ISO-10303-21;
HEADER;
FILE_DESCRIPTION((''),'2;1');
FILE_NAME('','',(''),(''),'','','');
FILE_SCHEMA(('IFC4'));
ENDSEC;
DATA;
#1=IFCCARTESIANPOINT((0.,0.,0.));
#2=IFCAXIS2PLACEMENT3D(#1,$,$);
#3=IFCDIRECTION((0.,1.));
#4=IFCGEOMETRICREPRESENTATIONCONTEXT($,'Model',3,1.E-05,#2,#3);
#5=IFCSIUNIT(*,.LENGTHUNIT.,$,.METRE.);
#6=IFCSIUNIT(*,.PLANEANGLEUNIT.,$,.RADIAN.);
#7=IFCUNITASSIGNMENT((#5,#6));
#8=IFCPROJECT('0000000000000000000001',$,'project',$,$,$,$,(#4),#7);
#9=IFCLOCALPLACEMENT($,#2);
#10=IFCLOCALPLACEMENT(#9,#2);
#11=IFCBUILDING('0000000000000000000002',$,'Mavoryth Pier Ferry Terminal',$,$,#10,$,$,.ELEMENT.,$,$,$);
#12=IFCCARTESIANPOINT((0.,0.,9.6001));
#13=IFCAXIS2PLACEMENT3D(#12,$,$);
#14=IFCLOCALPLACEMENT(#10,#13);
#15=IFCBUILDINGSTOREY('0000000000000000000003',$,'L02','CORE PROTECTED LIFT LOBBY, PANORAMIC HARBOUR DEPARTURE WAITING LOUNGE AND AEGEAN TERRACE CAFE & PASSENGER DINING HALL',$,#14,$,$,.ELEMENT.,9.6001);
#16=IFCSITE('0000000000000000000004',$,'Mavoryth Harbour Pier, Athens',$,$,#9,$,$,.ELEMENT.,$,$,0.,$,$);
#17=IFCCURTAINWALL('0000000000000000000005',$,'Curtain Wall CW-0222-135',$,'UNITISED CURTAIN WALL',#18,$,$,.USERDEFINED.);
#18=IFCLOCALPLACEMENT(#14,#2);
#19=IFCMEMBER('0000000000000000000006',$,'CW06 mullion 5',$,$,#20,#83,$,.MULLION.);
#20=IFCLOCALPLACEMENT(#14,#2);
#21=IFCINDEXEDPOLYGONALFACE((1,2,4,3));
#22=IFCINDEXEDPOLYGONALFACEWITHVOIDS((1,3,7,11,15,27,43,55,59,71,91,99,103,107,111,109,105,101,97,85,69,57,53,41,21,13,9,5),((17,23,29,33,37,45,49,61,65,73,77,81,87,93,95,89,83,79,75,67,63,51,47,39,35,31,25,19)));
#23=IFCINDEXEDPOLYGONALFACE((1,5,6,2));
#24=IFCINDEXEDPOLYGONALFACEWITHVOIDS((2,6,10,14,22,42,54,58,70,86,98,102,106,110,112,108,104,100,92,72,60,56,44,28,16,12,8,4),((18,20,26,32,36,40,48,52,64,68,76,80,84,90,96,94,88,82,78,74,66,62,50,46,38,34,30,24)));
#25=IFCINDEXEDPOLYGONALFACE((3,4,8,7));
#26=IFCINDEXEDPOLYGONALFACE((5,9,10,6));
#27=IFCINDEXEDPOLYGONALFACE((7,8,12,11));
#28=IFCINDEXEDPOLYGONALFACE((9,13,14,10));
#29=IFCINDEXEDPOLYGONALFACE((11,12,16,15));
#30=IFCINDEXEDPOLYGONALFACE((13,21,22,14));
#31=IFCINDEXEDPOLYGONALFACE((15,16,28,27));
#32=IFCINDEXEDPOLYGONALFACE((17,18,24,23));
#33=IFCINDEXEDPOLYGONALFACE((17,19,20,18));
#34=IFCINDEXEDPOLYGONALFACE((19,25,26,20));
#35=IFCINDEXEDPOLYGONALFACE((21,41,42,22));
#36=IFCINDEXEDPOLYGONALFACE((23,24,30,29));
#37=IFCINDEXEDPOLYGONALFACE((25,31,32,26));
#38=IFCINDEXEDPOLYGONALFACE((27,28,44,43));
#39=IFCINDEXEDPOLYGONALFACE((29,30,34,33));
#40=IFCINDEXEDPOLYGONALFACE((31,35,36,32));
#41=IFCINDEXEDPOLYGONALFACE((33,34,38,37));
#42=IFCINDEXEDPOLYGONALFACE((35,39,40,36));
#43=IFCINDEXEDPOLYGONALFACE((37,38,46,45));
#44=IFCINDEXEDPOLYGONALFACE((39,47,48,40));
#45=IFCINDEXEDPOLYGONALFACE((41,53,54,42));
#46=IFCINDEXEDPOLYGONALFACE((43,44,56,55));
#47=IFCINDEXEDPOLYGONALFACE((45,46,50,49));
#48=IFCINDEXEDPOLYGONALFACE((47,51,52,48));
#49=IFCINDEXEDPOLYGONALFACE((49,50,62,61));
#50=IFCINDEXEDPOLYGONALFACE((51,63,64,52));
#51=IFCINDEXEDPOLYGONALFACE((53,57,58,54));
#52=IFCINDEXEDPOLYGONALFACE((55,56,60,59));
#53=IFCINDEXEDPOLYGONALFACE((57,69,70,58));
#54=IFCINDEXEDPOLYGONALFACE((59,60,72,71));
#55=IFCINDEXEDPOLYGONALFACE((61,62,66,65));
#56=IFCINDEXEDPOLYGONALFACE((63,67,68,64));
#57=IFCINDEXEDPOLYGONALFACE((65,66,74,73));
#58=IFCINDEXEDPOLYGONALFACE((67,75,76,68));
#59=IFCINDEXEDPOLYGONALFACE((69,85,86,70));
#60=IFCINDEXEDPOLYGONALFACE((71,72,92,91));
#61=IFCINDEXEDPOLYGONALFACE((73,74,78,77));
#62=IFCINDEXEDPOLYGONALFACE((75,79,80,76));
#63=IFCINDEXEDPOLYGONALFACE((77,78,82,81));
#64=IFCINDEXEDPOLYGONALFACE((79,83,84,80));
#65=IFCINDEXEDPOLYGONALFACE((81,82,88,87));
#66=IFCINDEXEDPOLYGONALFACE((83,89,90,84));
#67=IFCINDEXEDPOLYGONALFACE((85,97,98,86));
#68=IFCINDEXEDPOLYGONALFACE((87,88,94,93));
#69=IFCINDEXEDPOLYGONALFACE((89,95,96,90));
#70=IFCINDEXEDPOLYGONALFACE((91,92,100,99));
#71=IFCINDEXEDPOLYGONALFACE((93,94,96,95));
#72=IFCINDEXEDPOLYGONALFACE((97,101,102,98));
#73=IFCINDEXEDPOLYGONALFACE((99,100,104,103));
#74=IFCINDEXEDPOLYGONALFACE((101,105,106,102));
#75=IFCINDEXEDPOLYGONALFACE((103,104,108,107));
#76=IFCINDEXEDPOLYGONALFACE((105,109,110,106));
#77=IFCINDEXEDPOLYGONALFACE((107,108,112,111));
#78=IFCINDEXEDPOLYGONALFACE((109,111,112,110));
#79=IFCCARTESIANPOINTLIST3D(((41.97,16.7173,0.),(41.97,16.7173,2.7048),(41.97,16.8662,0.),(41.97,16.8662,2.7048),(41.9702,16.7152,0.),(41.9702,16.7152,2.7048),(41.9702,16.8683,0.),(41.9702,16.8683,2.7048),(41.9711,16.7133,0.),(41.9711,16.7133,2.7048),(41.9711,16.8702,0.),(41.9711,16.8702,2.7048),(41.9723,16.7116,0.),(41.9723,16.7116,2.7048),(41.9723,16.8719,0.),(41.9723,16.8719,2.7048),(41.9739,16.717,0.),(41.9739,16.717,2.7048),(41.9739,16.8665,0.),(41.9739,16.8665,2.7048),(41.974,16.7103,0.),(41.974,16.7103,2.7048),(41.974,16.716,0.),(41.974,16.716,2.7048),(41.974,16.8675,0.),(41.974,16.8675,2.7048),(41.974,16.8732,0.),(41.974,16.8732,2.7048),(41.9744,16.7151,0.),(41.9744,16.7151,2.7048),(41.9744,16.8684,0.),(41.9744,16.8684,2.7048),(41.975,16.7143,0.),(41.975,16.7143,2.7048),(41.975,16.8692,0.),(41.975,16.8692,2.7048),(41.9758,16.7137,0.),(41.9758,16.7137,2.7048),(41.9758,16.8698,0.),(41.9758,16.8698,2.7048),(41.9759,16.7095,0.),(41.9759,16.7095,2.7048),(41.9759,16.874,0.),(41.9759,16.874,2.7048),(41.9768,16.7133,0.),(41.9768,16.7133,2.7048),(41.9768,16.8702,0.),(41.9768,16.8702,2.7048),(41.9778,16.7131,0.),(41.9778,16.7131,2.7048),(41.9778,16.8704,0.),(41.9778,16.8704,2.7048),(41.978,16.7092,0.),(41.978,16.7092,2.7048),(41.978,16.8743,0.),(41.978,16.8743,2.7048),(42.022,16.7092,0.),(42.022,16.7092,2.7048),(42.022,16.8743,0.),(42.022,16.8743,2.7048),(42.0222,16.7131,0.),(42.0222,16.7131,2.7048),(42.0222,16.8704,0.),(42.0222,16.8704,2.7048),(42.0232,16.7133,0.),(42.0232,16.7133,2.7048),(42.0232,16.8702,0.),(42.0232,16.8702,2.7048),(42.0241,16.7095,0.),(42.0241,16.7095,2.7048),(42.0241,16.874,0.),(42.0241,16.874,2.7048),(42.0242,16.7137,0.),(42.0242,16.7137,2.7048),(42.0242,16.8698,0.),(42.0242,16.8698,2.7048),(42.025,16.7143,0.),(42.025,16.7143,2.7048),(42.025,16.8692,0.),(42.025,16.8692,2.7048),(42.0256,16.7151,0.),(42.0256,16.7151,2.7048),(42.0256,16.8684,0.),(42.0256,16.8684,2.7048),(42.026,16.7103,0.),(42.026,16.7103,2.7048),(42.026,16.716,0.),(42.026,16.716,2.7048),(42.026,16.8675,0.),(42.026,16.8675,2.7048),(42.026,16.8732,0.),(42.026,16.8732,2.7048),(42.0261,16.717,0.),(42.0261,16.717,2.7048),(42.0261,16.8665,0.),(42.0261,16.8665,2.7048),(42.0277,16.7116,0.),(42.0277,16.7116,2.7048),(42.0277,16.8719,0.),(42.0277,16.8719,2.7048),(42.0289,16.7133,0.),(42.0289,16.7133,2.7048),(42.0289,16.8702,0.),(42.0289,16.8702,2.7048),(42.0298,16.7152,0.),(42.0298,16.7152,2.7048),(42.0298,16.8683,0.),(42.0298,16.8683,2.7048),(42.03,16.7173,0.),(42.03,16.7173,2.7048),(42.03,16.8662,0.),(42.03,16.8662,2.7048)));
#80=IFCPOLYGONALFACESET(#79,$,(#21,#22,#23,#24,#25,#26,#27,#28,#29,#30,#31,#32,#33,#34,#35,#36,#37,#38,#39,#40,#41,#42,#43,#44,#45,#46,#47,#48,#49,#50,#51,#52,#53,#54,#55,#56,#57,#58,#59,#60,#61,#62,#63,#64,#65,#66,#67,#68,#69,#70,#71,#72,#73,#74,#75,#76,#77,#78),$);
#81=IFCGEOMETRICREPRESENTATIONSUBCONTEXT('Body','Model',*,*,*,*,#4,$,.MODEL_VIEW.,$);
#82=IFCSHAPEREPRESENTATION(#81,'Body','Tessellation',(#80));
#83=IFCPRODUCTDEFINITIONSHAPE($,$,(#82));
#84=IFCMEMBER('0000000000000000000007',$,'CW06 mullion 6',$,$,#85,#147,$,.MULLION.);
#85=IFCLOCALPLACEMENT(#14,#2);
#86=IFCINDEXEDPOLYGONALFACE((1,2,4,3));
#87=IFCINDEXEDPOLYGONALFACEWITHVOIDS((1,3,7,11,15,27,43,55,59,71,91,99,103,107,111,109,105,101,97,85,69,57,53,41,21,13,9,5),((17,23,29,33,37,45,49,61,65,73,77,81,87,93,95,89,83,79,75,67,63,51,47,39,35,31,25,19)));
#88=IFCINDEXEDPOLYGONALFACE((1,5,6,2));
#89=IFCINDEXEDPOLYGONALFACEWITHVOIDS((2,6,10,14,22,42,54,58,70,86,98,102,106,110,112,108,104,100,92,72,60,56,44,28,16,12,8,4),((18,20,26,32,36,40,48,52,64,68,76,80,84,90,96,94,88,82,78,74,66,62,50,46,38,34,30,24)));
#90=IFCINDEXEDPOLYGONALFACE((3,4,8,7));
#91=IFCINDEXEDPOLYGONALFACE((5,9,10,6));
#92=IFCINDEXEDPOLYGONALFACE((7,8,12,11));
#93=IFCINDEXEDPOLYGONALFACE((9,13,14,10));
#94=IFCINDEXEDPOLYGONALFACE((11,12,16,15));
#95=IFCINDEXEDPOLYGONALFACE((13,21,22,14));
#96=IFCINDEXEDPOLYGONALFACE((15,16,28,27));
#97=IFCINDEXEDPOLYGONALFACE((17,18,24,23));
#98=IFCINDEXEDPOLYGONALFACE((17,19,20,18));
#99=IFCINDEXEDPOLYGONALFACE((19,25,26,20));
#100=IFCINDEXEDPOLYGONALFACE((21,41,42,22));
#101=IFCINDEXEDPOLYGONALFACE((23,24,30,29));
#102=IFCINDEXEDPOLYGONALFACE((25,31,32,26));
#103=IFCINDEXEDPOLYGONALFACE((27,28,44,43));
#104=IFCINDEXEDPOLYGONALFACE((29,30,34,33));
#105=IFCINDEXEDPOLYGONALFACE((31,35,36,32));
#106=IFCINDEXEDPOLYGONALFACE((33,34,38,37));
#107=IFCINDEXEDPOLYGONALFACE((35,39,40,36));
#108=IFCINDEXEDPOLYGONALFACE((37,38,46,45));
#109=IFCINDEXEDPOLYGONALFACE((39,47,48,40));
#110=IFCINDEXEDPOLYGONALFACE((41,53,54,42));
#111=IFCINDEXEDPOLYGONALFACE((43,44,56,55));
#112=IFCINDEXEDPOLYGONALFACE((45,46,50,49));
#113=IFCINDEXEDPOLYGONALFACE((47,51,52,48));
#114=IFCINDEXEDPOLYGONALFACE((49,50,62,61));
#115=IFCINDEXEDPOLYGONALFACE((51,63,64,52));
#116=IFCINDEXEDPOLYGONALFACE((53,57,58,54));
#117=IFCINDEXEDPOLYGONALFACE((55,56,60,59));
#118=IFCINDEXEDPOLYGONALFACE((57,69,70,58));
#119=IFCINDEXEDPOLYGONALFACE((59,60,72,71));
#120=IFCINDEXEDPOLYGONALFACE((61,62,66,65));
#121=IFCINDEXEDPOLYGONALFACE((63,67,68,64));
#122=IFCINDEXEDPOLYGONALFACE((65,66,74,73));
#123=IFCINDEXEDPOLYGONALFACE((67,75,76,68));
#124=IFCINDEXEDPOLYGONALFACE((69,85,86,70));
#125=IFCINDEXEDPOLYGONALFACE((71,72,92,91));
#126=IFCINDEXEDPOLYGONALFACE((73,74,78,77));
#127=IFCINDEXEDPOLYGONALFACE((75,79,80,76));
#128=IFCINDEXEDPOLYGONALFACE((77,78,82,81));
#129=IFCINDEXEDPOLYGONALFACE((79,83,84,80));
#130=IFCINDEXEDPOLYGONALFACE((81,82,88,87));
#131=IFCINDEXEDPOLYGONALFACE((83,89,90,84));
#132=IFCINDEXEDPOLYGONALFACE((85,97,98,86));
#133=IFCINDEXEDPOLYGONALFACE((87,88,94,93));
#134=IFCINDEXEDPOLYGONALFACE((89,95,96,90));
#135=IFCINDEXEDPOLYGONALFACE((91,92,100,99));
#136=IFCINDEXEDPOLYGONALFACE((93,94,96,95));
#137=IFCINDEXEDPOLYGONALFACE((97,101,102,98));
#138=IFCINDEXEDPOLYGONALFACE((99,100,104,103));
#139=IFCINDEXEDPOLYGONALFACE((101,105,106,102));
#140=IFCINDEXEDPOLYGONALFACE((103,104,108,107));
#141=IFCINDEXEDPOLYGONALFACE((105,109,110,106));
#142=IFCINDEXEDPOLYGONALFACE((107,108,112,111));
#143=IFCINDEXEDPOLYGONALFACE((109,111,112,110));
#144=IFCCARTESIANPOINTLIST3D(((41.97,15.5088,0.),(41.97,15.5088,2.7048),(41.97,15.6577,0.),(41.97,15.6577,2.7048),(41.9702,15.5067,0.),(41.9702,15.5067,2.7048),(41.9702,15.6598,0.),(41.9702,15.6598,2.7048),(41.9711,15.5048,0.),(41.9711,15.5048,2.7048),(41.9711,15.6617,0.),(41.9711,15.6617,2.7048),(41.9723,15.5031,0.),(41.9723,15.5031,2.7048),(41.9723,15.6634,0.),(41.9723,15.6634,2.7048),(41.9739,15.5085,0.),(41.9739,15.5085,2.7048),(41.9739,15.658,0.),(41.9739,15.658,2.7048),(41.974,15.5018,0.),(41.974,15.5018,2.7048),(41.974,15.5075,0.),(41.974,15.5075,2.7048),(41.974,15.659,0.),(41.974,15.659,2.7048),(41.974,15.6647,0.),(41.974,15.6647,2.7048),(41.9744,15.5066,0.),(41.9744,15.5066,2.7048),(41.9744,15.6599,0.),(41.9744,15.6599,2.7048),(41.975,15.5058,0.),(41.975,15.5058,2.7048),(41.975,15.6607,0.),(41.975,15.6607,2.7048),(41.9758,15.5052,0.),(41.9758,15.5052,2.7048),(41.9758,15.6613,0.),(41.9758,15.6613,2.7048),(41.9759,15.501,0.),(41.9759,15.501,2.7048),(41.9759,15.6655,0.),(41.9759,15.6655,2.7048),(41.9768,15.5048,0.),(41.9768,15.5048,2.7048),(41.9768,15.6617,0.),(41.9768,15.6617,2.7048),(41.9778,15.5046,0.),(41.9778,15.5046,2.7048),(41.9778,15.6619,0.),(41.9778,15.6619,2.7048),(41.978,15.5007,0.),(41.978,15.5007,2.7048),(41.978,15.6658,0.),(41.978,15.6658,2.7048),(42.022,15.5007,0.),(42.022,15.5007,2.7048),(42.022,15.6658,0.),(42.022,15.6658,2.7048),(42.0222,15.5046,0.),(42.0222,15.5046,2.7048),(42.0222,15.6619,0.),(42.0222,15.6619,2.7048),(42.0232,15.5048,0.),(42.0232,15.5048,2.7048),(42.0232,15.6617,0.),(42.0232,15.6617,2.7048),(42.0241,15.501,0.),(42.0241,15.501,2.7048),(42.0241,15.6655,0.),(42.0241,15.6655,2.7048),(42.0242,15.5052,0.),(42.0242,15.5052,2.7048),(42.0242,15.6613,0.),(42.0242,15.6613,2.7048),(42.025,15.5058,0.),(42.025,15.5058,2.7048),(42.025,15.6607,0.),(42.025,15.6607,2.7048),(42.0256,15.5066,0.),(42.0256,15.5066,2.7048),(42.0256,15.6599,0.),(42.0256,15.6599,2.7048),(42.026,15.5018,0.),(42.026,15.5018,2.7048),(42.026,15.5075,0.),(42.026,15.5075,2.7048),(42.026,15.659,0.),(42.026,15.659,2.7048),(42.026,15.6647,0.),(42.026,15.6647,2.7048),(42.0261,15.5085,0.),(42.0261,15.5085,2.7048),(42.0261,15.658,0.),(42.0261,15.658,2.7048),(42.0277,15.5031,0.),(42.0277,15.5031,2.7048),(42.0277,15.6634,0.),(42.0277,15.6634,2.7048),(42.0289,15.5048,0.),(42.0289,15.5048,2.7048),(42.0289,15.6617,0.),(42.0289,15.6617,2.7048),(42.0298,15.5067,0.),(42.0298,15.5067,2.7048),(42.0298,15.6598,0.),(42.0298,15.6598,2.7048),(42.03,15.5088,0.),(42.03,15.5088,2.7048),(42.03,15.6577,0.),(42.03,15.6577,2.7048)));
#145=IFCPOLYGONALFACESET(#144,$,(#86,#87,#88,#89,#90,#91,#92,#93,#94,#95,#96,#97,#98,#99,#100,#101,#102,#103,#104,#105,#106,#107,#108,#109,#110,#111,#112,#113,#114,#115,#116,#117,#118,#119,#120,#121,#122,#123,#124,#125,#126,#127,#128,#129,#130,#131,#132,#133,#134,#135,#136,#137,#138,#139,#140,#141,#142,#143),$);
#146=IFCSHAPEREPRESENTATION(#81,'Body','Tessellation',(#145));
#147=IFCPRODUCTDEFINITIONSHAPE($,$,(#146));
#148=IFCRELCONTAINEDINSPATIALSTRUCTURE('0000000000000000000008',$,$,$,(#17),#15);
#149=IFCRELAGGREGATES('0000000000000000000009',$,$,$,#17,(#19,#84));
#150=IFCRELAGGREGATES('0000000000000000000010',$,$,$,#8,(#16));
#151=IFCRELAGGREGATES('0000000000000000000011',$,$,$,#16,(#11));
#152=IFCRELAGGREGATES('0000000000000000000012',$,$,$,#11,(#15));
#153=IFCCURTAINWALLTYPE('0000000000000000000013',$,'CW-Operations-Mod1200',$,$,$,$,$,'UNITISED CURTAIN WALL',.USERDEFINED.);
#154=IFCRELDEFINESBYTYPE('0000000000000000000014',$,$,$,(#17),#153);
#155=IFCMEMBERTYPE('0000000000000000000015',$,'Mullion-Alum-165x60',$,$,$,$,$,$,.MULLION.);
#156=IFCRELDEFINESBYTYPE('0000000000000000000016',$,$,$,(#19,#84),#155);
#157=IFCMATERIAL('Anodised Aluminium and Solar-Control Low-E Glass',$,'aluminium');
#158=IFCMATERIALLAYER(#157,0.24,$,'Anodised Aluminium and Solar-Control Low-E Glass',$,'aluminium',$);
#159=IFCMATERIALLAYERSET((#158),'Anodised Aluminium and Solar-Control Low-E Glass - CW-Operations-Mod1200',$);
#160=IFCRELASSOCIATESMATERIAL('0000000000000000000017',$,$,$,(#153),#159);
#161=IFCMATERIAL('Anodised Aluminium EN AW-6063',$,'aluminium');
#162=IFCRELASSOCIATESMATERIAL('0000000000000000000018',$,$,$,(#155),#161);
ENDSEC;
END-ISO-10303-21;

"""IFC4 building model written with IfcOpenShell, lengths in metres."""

from ifc_helpers import new_model, si_unit, direction, frame, origin, origin_2d, place, context, subcontext, project, spatial, hollow_rectangle, extrude, material, layer, layer_set, material_profile, profile_set, type_object, element, aggregate, save


model = new_model("IFC4")

# Units and contexts
model_context = context("Model", 3, precision=1e-05, world=origin(), true_north=direction((0.0, 1.0)))
body_context = subcontext(model_context, "Body", "Model", "MODEL_VIEW")
ifc_project = project(units=[si_unit("LENGTHUNIT", "METRE"), si_unit("PLANEANGLEUNIT", "RADIAN")], contexts=[model_context])

# Site, building, storey
site_placement = place(None, origin())
site = spatial("IfcSite", under=ifc_project, at=site_placement, Name="Mavoryth Harbour Pier, Athens", CompositionType="ELEMENT", RefElevation=0.0)
building_placement = place(site_placement, origin())
building = spatial("IfcBuilding", under=site, at=building_placement, Name="Mavoryth Pier Ferry Terminal", CompositionType="ELEMENT")
storey_placement = place(building_placement, frame((0.0, 0.0, 9.6001)))
storey = spatial("IfcBuildingStorey", under=building, at=storey_placement, Name="L02", Description="CORE PROTECTED LIFT LOBBY, PANORAMIC HARBOUR DEPARTURE WAITING LOUNGE AND AEGEAN TERRACE CAFE & PASSENGER DINING HALL", CompositionType="ELEMENT", Elevation=9.6001)

# Curtain wall, members
ifc_material_1 = material(Name="Anodised Aluminium and Solar-Control Low-E Glass", Category="aluminium")
ifc_layer_1 = layer(ifc_material_1, 0.24, Name="Anodised Aluminium and Solar-Control Low-E Glass", Category="aluminium")
ifc_layer_set_1 = layer_set([ifc_layer_1], Name="Anodised Aluminium and Solar-Control Low-E Glass - CW-Operations-Mod1200")
curtain_wall_type = type_object("IfcCurtainWallType", Name="CW-Operations-Mod1200", ElementType="UNITISED CURTAIN WALL", PredefinedType="USERDEFINED", material=ifc_layer_set_1)
curtain_wall_placement = place(storey_placement, origin())
curtain_wall = element("IfcCurtainWall", 1, at=curtain_wall_placement, inside=storey, type_object=curtain_wall_type, Name="Curtain Wall CW-0222-135", ObjectType="UNITISED CURTAIN WALL", PredefinedType="USERDEFINED")
ifc_material_2 = material(Name="Anodised Aluminium EN AW-6063", Category="aluminium")
ifc_material_profile_1 = material_profile(ifc_material_2, hollow_rectangle(XDim=0.0601, YDim=0.165, WallThickness=0.0039, InnerFilletRadius=0.0039, OuterFilletRadius=0.0081, at=origin_2d()), Name="AL-MULL 165x60x4", Category="aluminium")
ifc_profile_set_1 = profile_set([ifc_material_profile_1], Name="Anodised Aluminium EN AW-6063 - AL-MULL 165x60x4")
member_type_1 = type_object("IfcMemberType", Name="Mullion-Alum-165x60", PredefinedType="MULLION", material=ifc_profile_set_1)
member_1_placement = place(storey_placement, frame((42.0, 16.7917, 0.0), z_axis=(0.0, 0.0, 1.0), x_axis=(1.0, 0.0, 0.0)))
member_1 = element("IfcMember", 2, at=member_1_placement, type_object=member_type_1, Name="CW06 mullion 5", PredefinedType="MULLION", context=body_context, shape_type="SweptSolid", body=[
    extrude(hollow_rectangle(XDim=0.0601, YDim=0.165, WallThickness=0.0039, InnerFilletRadius=0.0039, OuterFilletRadius=0.0081, at=origin_2d()), origin(), (0.0, 0.0, 1.0), 2.7048),
])
member_2_placement = place(storey_placement, frame((42.0, 15.5833, 0.0), z_axis=(0.0, 0.0, 1.0), x_axis=(1.0, 0.0, 0.0)))
member_2 = element("IfcMember", 3, at=member_2_placement, type_object=member_type_1, Name="CW06 mullion 6", PredefinedType="MULLION", context=body_context, shape_type="SweptSolid", body=[
    extrude(hollow_rectangle(XDim=0.0601, YDim=0.165, WallThickness=0.0039, InnerFilletRadius=0.0039, OuterFilletRadius=0.0081, at=origin_2d()), origin(), (0.0, 0.0, 1.0), 2.7048),
])

aggregate(curtain_wall, [member_1, member_2])

save(model, "model.ifc")
